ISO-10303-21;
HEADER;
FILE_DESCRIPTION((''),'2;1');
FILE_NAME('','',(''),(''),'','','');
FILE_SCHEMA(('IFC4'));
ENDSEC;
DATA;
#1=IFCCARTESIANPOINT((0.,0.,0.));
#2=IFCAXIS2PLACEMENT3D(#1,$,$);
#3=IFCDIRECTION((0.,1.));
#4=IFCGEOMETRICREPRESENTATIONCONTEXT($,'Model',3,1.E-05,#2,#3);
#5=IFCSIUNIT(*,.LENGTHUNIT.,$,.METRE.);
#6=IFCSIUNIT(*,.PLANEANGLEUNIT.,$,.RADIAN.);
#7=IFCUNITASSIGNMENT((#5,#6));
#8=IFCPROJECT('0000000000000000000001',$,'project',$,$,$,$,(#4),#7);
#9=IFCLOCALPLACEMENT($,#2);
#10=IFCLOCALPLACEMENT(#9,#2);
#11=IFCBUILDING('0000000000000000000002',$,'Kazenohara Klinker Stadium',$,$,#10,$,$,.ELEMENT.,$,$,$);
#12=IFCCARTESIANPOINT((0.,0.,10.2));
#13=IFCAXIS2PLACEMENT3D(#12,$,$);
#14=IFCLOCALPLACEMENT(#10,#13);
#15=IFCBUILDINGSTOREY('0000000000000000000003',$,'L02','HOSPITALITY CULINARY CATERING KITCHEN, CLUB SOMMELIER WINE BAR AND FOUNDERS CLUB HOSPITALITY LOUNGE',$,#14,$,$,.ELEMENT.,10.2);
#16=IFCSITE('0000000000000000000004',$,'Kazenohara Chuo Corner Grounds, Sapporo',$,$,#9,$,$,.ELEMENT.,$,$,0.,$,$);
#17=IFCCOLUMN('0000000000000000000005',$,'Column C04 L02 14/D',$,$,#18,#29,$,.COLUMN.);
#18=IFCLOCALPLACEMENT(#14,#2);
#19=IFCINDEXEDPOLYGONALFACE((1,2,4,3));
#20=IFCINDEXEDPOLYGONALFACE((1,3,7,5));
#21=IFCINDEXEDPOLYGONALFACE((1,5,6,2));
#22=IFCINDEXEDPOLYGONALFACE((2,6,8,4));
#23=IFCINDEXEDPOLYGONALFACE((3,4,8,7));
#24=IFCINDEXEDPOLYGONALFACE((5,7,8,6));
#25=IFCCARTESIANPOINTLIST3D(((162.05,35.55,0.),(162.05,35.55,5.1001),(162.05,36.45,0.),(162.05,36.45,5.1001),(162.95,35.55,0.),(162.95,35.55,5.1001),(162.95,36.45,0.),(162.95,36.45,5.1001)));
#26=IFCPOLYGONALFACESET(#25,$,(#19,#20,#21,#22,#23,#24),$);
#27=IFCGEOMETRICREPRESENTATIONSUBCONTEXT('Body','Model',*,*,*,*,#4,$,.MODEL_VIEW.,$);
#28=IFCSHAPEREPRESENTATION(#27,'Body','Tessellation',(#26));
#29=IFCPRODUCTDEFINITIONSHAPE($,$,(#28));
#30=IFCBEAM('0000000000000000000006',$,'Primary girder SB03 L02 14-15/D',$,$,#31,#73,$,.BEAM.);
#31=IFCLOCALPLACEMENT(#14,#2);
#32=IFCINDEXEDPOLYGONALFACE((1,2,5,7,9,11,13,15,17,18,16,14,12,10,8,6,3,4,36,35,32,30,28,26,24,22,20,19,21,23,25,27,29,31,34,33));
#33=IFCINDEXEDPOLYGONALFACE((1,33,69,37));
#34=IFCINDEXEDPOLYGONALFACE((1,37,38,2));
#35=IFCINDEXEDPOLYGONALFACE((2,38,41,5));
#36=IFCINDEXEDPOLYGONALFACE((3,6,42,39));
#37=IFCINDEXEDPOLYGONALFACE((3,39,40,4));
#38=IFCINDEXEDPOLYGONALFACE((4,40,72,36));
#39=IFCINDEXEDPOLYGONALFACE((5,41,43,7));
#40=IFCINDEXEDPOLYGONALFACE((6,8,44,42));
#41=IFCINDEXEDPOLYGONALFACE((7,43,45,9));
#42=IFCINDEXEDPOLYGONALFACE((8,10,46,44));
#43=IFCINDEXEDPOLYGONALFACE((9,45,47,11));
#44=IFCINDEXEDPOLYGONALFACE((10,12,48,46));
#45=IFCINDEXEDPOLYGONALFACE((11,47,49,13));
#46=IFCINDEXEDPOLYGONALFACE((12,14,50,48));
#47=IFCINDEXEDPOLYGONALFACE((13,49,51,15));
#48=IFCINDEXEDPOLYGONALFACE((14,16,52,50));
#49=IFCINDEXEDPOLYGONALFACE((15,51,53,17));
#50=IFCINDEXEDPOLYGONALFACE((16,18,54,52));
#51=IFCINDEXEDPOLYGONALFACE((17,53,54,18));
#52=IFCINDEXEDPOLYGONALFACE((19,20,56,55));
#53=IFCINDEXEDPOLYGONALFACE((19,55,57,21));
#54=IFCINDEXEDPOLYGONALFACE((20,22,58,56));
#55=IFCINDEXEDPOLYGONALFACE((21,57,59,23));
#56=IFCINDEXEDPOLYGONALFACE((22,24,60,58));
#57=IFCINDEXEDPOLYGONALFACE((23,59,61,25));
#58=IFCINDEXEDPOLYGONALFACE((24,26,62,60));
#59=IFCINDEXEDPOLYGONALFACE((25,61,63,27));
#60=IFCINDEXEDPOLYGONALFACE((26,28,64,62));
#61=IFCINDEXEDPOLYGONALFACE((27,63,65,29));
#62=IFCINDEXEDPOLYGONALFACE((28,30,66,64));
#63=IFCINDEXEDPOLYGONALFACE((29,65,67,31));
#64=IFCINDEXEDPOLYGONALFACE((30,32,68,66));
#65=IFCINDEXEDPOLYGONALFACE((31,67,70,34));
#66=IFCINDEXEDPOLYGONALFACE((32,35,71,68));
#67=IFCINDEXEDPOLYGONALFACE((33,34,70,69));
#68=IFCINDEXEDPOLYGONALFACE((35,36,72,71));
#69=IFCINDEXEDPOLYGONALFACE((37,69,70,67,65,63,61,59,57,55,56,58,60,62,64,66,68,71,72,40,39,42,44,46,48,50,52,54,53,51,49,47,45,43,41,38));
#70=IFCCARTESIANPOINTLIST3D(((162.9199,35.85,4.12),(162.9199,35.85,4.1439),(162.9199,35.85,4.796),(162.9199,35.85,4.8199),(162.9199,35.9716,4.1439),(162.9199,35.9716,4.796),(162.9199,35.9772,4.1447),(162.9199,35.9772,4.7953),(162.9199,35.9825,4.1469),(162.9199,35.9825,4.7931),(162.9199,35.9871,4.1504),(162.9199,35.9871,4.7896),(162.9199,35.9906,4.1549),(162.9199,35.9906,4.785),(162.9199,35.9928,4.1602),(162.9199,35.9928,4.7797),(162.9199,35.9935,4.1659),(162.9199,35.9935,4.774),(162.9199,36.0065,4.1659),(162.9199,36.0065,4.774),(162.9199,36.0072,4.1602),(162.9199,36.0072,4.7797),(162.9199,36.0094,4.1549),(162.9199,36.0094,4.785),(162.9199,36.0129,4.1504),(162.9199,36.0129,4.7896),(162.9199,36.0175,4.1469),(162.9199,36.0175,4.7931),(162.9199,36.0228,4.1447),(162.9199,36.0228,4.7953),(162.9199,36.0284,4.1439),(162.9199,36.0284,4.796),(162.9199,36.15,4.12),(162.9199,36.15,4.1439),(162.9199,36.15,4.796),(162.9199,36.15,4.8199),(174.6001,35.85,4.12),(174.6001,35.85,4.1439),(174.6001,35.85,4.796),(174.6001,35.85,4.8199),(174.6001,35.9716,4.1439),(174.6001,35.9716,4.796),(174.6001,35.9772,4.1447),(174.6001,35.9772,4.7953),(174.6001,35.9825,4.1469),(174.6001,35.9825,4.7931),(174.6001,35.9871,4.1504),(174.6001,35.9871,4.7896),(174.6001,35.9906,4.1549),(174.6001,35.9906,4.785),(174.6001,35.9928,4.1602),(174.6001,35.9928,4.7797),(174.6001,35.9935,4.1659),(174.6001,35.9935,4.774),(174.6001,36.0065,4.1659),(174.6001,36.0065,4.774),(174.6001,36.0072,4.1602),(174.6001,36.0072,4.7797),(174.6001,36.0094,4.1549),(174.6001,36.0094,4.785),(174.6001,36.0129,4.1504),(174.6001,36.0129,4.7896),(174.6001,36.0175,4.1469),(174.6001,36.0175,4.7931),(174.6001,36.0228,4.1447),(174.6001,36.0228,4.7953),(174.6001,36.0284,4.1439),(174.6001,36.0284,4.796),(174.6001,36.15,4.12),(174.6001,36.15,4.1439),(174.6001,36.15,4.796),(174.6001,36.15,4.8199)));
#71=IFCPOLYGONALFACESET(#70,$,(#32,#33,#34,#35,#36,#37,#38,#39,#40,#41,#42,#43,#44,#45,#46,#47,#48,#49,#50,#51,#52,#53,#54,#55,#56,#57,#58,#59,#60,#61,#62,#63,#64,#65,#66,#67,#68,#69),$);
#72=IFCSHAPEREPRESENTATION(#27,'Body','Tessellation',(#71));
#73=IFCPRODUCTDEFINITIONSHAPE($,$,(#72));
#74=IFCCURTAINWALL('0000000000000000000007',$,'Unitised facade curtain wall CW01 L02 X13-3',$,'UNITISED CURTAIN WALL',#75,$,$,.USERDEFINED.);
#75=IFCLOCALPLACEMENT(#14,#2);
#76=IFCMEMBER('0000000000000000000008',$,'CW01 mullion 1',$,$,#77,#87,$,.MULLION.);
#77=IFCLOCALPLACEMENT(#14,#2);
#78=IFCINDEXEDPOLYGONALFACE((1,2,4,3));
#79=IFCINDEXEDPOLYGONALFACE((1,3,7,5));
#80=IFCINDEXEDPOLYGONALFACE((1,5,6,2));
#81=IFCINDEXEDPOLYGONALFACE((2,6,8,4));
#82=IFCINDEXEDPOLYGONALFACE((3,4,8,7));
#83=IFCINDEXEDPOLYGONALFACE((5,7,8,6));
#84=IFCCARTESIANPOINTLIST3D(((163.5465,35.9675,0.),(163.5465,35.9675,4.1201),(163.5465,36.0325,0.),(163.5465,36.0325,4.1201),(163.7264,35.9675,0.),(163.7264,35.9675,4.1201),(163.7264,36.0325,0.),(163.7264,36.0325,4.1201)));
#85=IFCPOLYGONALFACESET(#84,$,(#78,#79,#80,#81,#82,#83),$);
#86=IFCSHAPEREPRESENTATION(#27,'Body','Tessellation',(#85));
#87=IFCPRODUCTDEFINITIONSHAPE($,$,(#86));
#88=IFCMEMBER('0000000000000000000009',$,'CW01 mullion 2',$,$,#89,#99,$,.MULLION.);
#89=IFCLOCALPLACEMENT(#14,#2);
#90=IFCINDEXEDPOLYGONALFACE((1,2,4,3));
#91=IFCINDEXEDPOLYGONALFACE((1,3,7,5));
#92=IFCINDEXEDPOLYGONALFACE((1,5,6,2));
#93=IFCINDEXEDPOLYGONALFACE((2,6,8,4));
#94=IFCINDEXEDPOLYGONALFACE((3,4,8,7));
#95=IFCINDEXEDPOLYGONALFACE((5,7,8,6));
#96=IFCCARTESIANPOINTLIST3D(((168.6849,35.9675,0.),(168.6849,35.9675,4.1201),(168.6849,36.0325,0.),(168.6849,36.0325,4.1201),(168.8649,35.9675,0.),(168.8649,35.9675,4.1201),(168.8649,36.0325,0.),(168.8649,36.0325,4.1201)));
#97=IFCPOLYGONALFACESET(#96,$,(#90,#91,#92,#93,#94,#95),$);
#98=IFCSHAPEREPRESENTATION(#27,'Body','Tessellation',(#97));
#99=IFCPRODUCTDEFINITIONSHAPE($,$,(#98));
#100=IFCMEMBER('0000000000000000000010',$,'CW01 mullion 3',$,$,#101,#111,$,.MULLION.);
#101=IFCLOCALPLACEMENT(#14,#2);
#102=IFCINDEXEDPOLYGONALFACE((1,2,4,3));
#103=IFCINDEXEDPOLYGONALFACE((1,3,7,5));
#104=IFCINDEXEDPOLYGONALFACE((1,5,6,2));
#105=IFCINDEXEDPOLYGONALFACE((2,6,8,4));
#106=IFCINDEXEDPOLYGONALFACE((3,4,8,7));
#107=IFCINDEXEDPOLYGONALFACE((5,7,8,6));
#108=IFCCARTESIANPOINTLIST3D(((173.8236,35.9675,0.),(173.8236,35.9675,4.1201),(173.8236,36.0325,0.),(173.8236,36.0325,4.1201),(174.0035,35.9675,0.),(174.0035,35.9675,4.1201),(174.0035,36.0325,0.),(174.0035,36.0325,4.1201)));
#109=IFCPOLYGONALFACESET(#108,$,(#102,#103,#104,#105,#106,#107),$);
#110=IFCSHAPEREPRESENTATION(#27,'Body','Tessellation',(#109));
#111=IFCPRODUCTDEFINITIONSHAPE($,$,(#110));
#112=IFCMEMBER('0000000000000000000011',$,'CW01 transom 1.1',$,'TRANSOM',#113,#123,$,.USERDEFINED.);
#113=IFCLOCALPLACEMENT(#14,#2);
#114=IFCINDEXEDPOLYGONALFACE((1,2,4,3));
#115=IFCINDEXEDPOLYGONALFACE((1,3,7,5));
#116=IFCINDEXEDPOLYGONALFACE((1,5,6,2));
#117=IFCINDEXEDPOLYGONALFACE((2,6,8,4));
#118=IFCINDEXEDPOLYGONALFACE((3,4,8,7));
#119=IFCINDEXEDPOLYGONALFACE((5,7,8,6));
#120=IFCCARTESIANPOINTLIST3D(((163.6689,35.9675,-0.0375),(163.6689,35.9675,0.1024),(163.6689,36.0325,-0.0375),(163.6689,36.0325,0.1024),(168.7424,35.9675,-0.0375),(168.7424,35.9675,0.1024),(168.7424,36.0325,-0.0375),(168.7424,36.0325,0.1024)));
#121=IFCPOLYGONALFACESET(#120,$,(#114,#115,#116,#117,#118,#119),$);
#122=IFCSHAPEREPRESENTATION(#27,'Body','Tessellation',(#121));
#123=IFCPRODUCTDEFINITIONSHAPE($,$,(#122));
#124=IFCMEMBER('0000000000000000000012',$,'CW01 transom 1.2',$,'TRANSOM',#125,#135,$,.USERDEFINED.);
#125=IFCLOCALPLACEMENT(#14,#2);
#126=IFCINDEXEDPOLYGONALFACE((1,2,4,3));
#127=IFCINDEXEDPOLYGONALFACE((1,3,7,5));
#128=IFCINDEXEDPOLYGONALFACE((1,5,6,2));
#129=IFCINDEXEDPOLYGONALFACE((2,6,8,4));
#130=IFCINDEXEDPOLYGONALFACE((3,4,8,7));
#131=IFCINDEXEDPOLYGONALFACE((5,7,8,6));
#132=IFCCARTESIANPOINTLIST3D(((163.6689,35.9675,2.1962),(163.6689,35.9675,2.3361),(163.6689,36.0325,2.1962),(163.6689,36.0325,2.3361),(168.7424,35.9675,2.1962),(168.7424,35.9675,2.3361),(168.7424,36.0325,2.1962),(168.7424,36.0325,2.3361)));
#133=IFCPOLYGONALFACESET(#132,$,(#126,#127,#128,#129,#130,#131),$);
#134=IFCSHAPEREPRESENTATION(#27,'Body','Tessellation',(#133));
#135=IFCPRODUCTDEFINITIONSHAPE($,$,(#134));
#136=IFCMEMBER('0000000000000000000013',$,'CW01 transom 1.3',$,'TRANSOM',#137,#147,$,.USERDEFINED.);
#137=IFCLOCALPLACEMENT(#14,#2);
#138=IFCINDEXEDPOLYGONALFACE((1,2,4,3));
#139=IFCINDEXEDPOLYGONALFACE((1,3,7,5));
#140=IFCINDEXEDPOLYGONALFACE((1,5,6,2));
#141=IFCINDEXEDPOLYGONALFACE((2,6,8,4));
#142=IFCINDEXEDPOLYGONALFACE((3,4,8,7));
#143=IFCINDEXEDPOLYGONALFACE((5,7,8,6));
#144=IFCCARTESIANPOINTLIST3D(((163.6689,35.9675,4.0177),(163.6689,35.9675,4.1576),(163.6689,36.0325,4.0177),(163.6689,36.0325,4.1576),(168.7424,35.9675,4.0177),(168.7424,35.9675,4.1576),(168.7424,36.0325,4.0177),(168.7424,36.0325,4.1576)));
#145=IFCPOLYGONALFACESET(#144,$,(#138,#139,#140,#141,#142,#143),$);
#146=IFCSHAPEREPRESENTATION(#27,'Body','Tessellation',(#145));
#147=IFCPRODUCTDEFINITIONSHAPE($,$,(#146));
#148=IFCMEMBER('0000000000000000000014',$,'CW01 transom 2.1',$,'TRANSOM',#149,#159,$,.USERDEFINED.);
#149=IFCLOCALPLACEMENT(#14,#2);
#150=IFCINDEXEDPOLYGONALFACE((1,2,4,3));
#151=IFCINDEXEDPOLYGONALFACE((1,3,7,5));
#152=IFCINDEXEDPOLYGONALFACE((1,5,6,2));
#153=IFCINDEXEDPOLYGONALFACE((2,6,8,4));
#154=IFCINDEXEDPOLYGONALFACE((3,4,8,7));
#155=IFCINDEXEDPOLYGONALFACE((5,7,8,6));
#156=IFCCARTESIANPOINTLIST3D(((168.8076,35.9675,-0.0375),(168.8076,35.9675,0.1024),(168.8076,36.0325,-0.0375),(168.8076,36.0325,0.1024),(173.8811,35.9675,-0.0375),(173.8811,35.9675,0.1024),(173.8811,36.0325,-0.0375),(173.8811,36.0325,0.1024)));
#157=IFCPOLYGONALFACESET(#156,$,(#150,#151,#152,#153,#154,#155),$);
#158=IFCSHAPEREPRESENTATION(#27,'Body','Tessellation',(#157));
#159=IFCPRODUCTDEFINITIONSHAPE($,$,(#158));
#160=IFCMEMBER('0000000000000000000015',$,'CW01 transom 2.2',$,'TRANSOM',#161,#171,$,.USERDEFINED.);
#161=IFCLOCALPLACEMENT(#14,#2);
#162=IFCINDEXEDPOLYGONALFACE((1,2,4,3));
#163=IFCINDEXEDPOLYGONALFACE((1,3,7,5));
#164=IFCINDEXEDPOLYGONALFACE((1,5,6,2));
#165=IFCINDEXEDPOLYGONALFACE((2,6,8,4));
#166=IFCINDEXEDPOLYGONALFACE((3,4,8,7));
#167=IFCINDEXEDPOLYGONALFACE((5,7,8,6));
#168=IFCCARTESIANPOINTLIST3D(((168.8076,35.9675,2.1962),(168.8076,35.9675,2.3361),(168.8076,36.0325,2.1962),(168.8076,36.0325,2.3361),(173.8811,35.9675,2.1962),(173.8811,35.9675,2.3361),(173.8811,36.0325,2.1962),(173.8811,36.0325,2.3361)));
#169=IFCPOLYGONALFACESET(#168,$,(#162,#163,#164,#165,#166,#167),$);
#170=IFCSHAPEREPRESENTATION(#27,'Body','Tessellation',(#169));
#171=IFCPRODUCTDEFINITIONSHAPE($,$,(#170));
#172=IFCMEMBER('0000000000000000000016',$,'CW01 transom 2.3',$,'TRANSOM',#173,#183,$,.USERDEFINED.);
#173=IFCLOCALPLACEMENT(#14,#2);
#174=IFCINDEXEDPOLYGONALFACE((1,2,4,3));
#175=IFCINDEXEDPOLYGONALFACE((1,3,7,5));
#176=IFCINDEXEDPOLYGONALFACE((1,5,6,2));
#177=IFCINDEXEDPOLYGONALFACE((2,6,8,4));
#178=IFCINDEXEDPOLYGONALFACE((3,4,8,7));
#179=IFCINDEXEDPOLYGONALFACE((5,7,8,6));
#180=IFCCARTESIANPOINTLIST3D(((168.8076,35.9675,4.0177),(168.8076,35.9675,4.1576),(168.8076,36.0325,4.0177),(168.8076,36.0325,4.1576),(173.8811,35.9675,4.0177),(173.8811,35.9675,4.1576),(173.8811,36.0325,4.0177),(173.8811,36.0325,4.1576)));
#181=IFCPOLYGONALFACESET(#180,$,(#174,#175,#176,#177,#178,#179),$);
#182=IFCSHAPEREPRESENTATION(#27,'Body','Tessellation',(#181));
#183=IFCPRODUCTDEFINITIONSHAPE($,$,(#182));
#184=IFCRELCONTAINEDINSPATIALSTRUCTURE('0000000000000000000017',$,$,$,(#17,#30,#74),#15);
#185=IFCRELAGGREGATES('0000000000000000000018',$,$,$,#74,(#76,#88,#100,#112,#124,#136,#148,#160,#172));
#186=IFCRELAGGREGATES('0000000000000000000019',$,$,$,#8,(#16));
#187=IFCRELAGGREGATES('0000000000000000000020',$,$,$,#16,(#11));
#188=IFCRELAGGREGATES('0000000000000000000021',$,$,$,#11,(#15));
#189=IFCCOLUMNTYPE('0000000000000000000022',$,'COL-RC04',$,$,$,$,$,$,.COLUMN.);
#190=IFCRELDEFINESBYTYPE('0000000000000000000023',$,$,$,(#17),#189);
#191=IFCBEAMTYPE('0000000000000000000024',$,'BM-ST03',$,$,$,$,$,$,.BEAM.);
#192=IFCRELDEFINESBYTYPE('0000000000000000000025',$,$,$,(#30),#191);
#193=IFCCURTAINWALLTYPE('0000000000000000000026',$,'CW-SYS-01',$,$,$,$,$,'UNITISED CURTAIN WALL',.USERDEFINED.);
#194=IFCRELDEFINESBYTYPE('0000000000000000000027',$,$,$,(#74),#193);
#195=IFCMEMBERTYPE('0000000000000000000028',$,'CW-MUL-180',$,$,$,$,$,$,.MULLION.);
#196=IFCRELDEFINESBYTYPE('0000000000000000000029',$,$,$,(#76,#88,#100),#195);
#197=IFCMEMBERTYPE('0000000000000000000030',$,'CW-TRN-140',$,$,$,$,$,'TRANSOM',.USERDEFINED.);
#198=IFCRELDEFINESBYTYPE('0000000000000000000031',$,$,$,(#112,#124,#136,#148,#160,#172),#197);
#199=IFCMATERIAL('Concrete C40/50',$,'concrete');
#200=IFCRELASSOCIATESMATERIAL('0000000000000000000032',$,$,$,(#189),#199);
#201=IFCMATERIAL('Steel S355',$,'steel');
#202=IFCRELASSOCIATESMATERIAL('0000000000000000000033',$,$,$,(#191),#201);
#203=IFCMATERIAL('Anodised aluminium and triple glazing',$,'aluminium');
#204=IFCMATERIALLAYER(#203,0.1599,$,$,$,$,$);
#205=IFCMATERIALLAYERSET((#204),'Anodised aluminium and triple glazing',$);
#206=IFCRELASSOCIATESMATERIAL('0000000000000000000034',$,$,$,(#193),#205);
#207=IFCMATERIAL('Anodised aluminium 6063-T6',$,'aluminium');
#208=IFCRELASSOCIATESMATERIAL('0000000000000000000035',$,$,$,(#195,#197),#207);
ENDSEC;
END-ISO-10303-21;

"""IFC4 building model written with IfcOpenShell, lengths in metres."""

from ifc_helpers import new_model, si_unit, direction, frame, origin, origin_2d, place, context, subcontext, project, spatial, rectangle, i_section, extrude, material, layer, layer_set, material_profile, profile_set, type_object, element, aggregate, save


model = new_model("IFC4")

# Units and contexts
model_context = context("Model", 3, precision=1e-05, world=origin(), true_north=direction((0.0, 1.0)))
body_context = subcontext(model_context, "Body", "Model", "MODEL_VIEW")
ifc_project = project(units=[si_unit("LENGTHUNIT", "METRE"), si_unit("PLANEANGLEUNIT", "RADIAN")], contexts=[model_context])

# Site, building, storey
site_placement = place(None, origin())
site = spatial("IfcSite", under=ifc_project, at=site_placement, Name="Kazenohara Chuo Corner Grounds, Sapporo", CompositionType="ELEMENT", RefElevation=0.0)
building_placement = place(site_placement, origin())
building = spatial("IfcBuilding", under=site, at=building_placement, Name="Kazenohara Klinker Stadium", CompositionType="ELEMENT")
storey_placement = place(building_placement, frame((0.0, 0.0, 10.2)))
storey = spatial("IfcBuildingStorey", under=building, at=storey_placement, Name="L02", Description="HOSPITALITY CULINARY CATERING KITCHEN, CLUB SOMMELIER WINE BAR AND FOUNDERS CLUB HOSPITALITY LOUNGE", CompositionType="ELEMENT", Elevation=10.2)

# Column
ifc_material_1 = material(Name="Concrete C40/50", Category="concrete")
ifc_material_profile_1 = material_profile(ifc_material_1, rectangle(XDim=0.8999, YDim=0.8999, at=origin_2d()), Name="RC-COL-900x900")
ifc_profile_set_1 = profile_set([ifc_material_profile_1], Name="Concrete C40/50")
column_type = type_object("IfcColumnType", Name="COL-RC04", PredefinedType="COLUMN", material=ifc_profile_set_1)
column_placement = place(storey_placement, frame((162.5, 36.0, 0.0), z_axis=(0.0, 0.0, 1.0), x_axis=(1.0, 0.0, 0.0)))
element("IfcColumn", 1, at=column_placement, inside=storey, type_object=column_type, Name="Column C04 L02 14/D", PredefinedType="COLUMN", context=body_context, shape_type="SweptSolid", body=[
    extrude(rectangle(XDim=0.8999, YDim=0.8999, at=origin_2d()), origin(), (0.0, 0.0, 1.0), 5.1001),
])

# Beam
ifc_material_2 = material(Name="Steel S355", Category="steel")
ifc_material_profile_2 = material_profile(ifc_material_2, i_section(OverallWidth=0.3, OverallDepth=0.7, WebThickness=0.0129, FlangeThickness=0.0239, FilletRadius=0.022, at=origin_2d()), Name="H-700x300x13x24")
ifc_profile_set_2 = profile_set([ifc_material_profile_2], Name="Steel S355")
beam_type = type_object("IfcBeamType", Name="BM-ST03", PredefinedType="BEAM", material=ifc_profile_set_2)
beam_placement = place(storey_placement, frame((162.9199, 36.0, 4.47), z_axis=(1.0, 0.0, 0.0), x_axis=(0.0, 1.0, 0.0)))
element("IfcBeam", 2, at=beam_placement, inside=storey, type_object=beam_type, Name="Primary girder SB03 L02 14-15/D", PredefinedType="BEAM", context=body_context, shape_type="SweptSolid", body=[
    extrude(i_section(OverallWidth=0.3, OverallDepth=0.7, WebThickness=0.0129, FlangeThickness=0.0239, FilletRadius=0.022, at=origin_2d()), origin(), (0.0, 0.0, 1.0), 11.6802),
])

# Curtain wall, members
ifc_material_3 = material(Name="Anodised aluminium and triple glazing", Category="aluminium")
ifc_layer_1 = layer(ifc_material_3, 0.1599)
ifc_layer_set_1 = layer_set([ifc_layer_1], Name="Anodised aluminium and triple glazing")
curtain_wall_type = type_object("IfcCurtainWallType", Name="CW-SYS-01", ElementType="UNITISED CURTAIN WALL", PredefinedType="USERDEFINED", material=ifc_layer_set_1)
curtain_wall_placement = place(storey_placement, origin())
curtain_wall = element("IfcCurtainWall", 3, at=curtain_wall_placement, inside=storey, type_object=curtain_wall_type, Name="Unitised facade curtain wall CW01 L02 X13-3", ObjectType="UNITISED CURTAIN WALL", PredefinedType="USERDEFINED")
ifc_material_4 = material(Name="Anodised aluminium 6063-T6", Category="aluminium")
ifc_material_profile_3 = material_profile(ifc_material_4, rectangle(XDim=0.0649, YDim=0.1799, at=origin_2d()), Name="ALU-MUL-65x180")
ifc_profile_set_3 = profile_set([ifc_material_profile_3], Name="Anodised aluminium 6063-T6")
member_type_1 = type_object("IfcMemberType", Name="CW-MUL-180", PredefinedType="MULLION", material=ifc_profile_set_3)
member_1_placement = place(storey_placement, frame((163.6365, 36.0, 0.0), z_axis=(0.0, 0.0, 1.0), x_axis=(0.0, 1.0, 0.0)))
member_1 = element("IfcMember", 4, at=member_1_placement, type_object=member_type_1, Name="CW01 mullion 1", PredefinedType="MULLION", context=body_context, shape_type="SweptSolid", body=[
    extrude(rectangle(XDim=0.0649, YDim=0.1799, at=origin_2d()), origin(), (0.0, 0.0, 1.0), 4.1201),
])
member_2_placement = place(storey_placement, frame((168.7749, 36.0, 0.0), z_axis=(0.0, 0.0, 1.0), x_axis=(0.0, 1.0, 0.0)))
member_2 = element("IfcMember", 5, at=member_2_placement, type_object=member_type_1, Name="CW01 mullion 2", PredefinedType="MULLION", context=body_context, shape_type="SweptSolid", body=[
    extrude(rectangle(XDim=0.0649, YDim=0.1799, at=origin_2d()), origin(), (0.0, 0.0, 1.0), 4.1201),
])
member_3_placement = place(storey_placement, frame((173.9136, 36.0, 0.0), z_axis=(0.0, 0.0, 1.0), x_axis=(0.0, 1.0, 0.0)))
member_3 = element("IfcMember", 6, at=member_3_placement, type_object=member_type_1, Name="CW01 mullion 3", PredefinedType="MULLION", context=body_context, shape_type="SweptSolid", body=[
    extrude(rectangle(XDim=0.0649, YDim=0.1799, at=origin_2d()), origin(), (0.0, 0.0, 1.0), 4.1201),
])
ifc_material_profile_4 = material_profile(ifc_material_4, rectangle(XDim=0.0649, YDim=0.1399, at=origin_2d()), Name="ALU-TRN-65x140")
ifc_profile_set_4 = profile_set([ifc_material_profile_4], Name="Anodised aluminium 6063-T6")
member_type_2 = type_object("IfcMemberType", Name="CW-TRN-140", ElementType="TRANSOM", PredefinedType="USERDEFINED", material=ifc_profile_set_4)
member_4_placement = place(storey_placement, frame((163.6689, 36.0, 0.0325), z_axis=(1.0, 0.0, 0.0), x_axis=(0.0, 1.0, 0.0)))
member_4 = element("IfcMember", 7, at=member_4_placement, type_object=member_type_2, Name="CW01 transom 1.1", ObjectType="TRANSOM", PredefinedType="USERDEFINED", context=body_context, shape_type="SweptSolid", body=[
    extrude(rectangle(XDim=0.0649, YDim=0.1399, at=origin_2d()), origin(), (0.0, 0.0, 1.0), 5.0735),
])
member_5_placement = place(storey_placement, frame((163.6689, 36.0, 2.2661), z_axis=(1.0, 0.0, 0.0), x_axis=(0.0, 1.0, 0.0)))
member_5 = element("IfcMember", 8, at=member_5_placement, type_object=member_type_2, Name="CW01 transom 1.2", ObjectType="TRANSOM", PredefinedType="USERDEFINED", context=body_context, shape_type="SweptSolid", body=[
    extrude(rectangle(XDim=0.0649, YDim=0.1399, at=origin_2d()), origin(), (0.0, 0.0, 1.0), 5.0735),
])
member_6_placement = place(storey_placement, frame((163.6689, 36.0, 4.0876), z_axis=(1.0, 0.0, 0.0), x_axis=(0.0, 1.0, 0.0)))
member_6 = element("IfcMember", 9, at=member_6_placement, type_object=member_type_2, Name="CW01 transom 1.3", ObjectType="TRANSOM", PredefinedType="USERDEFINED", context=body_context, shape_type="SweptSolid", body=[
    extrude(rectangle(XDim=0.0649, YDim=0.1399, at=origin_2d()), origin(), (0.0, 0.0, 1.0), 5.0735),
])
member_7_placement = place(storey_placement, frame((168.8076, 36.0, 0.0325), z_axis=(1.0, 0.0, 0.0), x_axis=(0.0, 1.0, 0.0)))
member_7 = element("IfcMember", 10, at=member_7_placement, type_object=member_type_2, Name="CW01 transom 2.1", ObjectType="TRANSOM", PredefinedType="USERDEFINED", context=body_context, shape_type="SweptSolid", body=[
    extrude(rectangle(XDim=0.0649, YDim=0.1399, at=origin_2d()), origin(), (0.0, 0.0, 1.0), 5.0735),
])
member_8_placement = place(storey_placement, frame((168.8076, 36.0, 2.2661), z_axis=(1.0, 0.0, 0.0), x_axis=(0.0, 1.0, 0.0)))
member_8 = element("IfcMember", 11, at=member_8_placement, type_object=member_type_2, Name="CW01 transom 2.2", ObjectType="TRANSOM", PredefinedType="USERDEFINED", context=body_context, shape_type="SweptSolid", body=[
    extrude(rectangle(XDim=0.0649, YDim=0.1399, at=origin_2d()), origin(), (0.0, 0.0, 1.0), 5.0735),
])
member_9_placement = place(storey_placement, frame((168.8076, 36.0, 4.0876), z_axis=(1.0, 0.0, 0.0), x_axis=(0.0, 1.0, 0.0)))
member_9 = element("IfcMember", 12, at=member_9_placement, type_object=member_type_2, Name="CW01 transom 2.3", ObjectType="TRANSOM", PredefinedType="USERDEFINED", context=body_context, shape_type="SweptSolid", body=[
    extrude(rectangle(XDim=0.0649, YDim=0.1399, at=origin_2d()), origin(), (0.0, 0.0, 1.0), 5.0735),
])
aggregate(curtain_wall, [member_1, member_2, member_3, member_4, member_5, member_6, member_7, member_8, member_9])

save(model, "model.ifc")
